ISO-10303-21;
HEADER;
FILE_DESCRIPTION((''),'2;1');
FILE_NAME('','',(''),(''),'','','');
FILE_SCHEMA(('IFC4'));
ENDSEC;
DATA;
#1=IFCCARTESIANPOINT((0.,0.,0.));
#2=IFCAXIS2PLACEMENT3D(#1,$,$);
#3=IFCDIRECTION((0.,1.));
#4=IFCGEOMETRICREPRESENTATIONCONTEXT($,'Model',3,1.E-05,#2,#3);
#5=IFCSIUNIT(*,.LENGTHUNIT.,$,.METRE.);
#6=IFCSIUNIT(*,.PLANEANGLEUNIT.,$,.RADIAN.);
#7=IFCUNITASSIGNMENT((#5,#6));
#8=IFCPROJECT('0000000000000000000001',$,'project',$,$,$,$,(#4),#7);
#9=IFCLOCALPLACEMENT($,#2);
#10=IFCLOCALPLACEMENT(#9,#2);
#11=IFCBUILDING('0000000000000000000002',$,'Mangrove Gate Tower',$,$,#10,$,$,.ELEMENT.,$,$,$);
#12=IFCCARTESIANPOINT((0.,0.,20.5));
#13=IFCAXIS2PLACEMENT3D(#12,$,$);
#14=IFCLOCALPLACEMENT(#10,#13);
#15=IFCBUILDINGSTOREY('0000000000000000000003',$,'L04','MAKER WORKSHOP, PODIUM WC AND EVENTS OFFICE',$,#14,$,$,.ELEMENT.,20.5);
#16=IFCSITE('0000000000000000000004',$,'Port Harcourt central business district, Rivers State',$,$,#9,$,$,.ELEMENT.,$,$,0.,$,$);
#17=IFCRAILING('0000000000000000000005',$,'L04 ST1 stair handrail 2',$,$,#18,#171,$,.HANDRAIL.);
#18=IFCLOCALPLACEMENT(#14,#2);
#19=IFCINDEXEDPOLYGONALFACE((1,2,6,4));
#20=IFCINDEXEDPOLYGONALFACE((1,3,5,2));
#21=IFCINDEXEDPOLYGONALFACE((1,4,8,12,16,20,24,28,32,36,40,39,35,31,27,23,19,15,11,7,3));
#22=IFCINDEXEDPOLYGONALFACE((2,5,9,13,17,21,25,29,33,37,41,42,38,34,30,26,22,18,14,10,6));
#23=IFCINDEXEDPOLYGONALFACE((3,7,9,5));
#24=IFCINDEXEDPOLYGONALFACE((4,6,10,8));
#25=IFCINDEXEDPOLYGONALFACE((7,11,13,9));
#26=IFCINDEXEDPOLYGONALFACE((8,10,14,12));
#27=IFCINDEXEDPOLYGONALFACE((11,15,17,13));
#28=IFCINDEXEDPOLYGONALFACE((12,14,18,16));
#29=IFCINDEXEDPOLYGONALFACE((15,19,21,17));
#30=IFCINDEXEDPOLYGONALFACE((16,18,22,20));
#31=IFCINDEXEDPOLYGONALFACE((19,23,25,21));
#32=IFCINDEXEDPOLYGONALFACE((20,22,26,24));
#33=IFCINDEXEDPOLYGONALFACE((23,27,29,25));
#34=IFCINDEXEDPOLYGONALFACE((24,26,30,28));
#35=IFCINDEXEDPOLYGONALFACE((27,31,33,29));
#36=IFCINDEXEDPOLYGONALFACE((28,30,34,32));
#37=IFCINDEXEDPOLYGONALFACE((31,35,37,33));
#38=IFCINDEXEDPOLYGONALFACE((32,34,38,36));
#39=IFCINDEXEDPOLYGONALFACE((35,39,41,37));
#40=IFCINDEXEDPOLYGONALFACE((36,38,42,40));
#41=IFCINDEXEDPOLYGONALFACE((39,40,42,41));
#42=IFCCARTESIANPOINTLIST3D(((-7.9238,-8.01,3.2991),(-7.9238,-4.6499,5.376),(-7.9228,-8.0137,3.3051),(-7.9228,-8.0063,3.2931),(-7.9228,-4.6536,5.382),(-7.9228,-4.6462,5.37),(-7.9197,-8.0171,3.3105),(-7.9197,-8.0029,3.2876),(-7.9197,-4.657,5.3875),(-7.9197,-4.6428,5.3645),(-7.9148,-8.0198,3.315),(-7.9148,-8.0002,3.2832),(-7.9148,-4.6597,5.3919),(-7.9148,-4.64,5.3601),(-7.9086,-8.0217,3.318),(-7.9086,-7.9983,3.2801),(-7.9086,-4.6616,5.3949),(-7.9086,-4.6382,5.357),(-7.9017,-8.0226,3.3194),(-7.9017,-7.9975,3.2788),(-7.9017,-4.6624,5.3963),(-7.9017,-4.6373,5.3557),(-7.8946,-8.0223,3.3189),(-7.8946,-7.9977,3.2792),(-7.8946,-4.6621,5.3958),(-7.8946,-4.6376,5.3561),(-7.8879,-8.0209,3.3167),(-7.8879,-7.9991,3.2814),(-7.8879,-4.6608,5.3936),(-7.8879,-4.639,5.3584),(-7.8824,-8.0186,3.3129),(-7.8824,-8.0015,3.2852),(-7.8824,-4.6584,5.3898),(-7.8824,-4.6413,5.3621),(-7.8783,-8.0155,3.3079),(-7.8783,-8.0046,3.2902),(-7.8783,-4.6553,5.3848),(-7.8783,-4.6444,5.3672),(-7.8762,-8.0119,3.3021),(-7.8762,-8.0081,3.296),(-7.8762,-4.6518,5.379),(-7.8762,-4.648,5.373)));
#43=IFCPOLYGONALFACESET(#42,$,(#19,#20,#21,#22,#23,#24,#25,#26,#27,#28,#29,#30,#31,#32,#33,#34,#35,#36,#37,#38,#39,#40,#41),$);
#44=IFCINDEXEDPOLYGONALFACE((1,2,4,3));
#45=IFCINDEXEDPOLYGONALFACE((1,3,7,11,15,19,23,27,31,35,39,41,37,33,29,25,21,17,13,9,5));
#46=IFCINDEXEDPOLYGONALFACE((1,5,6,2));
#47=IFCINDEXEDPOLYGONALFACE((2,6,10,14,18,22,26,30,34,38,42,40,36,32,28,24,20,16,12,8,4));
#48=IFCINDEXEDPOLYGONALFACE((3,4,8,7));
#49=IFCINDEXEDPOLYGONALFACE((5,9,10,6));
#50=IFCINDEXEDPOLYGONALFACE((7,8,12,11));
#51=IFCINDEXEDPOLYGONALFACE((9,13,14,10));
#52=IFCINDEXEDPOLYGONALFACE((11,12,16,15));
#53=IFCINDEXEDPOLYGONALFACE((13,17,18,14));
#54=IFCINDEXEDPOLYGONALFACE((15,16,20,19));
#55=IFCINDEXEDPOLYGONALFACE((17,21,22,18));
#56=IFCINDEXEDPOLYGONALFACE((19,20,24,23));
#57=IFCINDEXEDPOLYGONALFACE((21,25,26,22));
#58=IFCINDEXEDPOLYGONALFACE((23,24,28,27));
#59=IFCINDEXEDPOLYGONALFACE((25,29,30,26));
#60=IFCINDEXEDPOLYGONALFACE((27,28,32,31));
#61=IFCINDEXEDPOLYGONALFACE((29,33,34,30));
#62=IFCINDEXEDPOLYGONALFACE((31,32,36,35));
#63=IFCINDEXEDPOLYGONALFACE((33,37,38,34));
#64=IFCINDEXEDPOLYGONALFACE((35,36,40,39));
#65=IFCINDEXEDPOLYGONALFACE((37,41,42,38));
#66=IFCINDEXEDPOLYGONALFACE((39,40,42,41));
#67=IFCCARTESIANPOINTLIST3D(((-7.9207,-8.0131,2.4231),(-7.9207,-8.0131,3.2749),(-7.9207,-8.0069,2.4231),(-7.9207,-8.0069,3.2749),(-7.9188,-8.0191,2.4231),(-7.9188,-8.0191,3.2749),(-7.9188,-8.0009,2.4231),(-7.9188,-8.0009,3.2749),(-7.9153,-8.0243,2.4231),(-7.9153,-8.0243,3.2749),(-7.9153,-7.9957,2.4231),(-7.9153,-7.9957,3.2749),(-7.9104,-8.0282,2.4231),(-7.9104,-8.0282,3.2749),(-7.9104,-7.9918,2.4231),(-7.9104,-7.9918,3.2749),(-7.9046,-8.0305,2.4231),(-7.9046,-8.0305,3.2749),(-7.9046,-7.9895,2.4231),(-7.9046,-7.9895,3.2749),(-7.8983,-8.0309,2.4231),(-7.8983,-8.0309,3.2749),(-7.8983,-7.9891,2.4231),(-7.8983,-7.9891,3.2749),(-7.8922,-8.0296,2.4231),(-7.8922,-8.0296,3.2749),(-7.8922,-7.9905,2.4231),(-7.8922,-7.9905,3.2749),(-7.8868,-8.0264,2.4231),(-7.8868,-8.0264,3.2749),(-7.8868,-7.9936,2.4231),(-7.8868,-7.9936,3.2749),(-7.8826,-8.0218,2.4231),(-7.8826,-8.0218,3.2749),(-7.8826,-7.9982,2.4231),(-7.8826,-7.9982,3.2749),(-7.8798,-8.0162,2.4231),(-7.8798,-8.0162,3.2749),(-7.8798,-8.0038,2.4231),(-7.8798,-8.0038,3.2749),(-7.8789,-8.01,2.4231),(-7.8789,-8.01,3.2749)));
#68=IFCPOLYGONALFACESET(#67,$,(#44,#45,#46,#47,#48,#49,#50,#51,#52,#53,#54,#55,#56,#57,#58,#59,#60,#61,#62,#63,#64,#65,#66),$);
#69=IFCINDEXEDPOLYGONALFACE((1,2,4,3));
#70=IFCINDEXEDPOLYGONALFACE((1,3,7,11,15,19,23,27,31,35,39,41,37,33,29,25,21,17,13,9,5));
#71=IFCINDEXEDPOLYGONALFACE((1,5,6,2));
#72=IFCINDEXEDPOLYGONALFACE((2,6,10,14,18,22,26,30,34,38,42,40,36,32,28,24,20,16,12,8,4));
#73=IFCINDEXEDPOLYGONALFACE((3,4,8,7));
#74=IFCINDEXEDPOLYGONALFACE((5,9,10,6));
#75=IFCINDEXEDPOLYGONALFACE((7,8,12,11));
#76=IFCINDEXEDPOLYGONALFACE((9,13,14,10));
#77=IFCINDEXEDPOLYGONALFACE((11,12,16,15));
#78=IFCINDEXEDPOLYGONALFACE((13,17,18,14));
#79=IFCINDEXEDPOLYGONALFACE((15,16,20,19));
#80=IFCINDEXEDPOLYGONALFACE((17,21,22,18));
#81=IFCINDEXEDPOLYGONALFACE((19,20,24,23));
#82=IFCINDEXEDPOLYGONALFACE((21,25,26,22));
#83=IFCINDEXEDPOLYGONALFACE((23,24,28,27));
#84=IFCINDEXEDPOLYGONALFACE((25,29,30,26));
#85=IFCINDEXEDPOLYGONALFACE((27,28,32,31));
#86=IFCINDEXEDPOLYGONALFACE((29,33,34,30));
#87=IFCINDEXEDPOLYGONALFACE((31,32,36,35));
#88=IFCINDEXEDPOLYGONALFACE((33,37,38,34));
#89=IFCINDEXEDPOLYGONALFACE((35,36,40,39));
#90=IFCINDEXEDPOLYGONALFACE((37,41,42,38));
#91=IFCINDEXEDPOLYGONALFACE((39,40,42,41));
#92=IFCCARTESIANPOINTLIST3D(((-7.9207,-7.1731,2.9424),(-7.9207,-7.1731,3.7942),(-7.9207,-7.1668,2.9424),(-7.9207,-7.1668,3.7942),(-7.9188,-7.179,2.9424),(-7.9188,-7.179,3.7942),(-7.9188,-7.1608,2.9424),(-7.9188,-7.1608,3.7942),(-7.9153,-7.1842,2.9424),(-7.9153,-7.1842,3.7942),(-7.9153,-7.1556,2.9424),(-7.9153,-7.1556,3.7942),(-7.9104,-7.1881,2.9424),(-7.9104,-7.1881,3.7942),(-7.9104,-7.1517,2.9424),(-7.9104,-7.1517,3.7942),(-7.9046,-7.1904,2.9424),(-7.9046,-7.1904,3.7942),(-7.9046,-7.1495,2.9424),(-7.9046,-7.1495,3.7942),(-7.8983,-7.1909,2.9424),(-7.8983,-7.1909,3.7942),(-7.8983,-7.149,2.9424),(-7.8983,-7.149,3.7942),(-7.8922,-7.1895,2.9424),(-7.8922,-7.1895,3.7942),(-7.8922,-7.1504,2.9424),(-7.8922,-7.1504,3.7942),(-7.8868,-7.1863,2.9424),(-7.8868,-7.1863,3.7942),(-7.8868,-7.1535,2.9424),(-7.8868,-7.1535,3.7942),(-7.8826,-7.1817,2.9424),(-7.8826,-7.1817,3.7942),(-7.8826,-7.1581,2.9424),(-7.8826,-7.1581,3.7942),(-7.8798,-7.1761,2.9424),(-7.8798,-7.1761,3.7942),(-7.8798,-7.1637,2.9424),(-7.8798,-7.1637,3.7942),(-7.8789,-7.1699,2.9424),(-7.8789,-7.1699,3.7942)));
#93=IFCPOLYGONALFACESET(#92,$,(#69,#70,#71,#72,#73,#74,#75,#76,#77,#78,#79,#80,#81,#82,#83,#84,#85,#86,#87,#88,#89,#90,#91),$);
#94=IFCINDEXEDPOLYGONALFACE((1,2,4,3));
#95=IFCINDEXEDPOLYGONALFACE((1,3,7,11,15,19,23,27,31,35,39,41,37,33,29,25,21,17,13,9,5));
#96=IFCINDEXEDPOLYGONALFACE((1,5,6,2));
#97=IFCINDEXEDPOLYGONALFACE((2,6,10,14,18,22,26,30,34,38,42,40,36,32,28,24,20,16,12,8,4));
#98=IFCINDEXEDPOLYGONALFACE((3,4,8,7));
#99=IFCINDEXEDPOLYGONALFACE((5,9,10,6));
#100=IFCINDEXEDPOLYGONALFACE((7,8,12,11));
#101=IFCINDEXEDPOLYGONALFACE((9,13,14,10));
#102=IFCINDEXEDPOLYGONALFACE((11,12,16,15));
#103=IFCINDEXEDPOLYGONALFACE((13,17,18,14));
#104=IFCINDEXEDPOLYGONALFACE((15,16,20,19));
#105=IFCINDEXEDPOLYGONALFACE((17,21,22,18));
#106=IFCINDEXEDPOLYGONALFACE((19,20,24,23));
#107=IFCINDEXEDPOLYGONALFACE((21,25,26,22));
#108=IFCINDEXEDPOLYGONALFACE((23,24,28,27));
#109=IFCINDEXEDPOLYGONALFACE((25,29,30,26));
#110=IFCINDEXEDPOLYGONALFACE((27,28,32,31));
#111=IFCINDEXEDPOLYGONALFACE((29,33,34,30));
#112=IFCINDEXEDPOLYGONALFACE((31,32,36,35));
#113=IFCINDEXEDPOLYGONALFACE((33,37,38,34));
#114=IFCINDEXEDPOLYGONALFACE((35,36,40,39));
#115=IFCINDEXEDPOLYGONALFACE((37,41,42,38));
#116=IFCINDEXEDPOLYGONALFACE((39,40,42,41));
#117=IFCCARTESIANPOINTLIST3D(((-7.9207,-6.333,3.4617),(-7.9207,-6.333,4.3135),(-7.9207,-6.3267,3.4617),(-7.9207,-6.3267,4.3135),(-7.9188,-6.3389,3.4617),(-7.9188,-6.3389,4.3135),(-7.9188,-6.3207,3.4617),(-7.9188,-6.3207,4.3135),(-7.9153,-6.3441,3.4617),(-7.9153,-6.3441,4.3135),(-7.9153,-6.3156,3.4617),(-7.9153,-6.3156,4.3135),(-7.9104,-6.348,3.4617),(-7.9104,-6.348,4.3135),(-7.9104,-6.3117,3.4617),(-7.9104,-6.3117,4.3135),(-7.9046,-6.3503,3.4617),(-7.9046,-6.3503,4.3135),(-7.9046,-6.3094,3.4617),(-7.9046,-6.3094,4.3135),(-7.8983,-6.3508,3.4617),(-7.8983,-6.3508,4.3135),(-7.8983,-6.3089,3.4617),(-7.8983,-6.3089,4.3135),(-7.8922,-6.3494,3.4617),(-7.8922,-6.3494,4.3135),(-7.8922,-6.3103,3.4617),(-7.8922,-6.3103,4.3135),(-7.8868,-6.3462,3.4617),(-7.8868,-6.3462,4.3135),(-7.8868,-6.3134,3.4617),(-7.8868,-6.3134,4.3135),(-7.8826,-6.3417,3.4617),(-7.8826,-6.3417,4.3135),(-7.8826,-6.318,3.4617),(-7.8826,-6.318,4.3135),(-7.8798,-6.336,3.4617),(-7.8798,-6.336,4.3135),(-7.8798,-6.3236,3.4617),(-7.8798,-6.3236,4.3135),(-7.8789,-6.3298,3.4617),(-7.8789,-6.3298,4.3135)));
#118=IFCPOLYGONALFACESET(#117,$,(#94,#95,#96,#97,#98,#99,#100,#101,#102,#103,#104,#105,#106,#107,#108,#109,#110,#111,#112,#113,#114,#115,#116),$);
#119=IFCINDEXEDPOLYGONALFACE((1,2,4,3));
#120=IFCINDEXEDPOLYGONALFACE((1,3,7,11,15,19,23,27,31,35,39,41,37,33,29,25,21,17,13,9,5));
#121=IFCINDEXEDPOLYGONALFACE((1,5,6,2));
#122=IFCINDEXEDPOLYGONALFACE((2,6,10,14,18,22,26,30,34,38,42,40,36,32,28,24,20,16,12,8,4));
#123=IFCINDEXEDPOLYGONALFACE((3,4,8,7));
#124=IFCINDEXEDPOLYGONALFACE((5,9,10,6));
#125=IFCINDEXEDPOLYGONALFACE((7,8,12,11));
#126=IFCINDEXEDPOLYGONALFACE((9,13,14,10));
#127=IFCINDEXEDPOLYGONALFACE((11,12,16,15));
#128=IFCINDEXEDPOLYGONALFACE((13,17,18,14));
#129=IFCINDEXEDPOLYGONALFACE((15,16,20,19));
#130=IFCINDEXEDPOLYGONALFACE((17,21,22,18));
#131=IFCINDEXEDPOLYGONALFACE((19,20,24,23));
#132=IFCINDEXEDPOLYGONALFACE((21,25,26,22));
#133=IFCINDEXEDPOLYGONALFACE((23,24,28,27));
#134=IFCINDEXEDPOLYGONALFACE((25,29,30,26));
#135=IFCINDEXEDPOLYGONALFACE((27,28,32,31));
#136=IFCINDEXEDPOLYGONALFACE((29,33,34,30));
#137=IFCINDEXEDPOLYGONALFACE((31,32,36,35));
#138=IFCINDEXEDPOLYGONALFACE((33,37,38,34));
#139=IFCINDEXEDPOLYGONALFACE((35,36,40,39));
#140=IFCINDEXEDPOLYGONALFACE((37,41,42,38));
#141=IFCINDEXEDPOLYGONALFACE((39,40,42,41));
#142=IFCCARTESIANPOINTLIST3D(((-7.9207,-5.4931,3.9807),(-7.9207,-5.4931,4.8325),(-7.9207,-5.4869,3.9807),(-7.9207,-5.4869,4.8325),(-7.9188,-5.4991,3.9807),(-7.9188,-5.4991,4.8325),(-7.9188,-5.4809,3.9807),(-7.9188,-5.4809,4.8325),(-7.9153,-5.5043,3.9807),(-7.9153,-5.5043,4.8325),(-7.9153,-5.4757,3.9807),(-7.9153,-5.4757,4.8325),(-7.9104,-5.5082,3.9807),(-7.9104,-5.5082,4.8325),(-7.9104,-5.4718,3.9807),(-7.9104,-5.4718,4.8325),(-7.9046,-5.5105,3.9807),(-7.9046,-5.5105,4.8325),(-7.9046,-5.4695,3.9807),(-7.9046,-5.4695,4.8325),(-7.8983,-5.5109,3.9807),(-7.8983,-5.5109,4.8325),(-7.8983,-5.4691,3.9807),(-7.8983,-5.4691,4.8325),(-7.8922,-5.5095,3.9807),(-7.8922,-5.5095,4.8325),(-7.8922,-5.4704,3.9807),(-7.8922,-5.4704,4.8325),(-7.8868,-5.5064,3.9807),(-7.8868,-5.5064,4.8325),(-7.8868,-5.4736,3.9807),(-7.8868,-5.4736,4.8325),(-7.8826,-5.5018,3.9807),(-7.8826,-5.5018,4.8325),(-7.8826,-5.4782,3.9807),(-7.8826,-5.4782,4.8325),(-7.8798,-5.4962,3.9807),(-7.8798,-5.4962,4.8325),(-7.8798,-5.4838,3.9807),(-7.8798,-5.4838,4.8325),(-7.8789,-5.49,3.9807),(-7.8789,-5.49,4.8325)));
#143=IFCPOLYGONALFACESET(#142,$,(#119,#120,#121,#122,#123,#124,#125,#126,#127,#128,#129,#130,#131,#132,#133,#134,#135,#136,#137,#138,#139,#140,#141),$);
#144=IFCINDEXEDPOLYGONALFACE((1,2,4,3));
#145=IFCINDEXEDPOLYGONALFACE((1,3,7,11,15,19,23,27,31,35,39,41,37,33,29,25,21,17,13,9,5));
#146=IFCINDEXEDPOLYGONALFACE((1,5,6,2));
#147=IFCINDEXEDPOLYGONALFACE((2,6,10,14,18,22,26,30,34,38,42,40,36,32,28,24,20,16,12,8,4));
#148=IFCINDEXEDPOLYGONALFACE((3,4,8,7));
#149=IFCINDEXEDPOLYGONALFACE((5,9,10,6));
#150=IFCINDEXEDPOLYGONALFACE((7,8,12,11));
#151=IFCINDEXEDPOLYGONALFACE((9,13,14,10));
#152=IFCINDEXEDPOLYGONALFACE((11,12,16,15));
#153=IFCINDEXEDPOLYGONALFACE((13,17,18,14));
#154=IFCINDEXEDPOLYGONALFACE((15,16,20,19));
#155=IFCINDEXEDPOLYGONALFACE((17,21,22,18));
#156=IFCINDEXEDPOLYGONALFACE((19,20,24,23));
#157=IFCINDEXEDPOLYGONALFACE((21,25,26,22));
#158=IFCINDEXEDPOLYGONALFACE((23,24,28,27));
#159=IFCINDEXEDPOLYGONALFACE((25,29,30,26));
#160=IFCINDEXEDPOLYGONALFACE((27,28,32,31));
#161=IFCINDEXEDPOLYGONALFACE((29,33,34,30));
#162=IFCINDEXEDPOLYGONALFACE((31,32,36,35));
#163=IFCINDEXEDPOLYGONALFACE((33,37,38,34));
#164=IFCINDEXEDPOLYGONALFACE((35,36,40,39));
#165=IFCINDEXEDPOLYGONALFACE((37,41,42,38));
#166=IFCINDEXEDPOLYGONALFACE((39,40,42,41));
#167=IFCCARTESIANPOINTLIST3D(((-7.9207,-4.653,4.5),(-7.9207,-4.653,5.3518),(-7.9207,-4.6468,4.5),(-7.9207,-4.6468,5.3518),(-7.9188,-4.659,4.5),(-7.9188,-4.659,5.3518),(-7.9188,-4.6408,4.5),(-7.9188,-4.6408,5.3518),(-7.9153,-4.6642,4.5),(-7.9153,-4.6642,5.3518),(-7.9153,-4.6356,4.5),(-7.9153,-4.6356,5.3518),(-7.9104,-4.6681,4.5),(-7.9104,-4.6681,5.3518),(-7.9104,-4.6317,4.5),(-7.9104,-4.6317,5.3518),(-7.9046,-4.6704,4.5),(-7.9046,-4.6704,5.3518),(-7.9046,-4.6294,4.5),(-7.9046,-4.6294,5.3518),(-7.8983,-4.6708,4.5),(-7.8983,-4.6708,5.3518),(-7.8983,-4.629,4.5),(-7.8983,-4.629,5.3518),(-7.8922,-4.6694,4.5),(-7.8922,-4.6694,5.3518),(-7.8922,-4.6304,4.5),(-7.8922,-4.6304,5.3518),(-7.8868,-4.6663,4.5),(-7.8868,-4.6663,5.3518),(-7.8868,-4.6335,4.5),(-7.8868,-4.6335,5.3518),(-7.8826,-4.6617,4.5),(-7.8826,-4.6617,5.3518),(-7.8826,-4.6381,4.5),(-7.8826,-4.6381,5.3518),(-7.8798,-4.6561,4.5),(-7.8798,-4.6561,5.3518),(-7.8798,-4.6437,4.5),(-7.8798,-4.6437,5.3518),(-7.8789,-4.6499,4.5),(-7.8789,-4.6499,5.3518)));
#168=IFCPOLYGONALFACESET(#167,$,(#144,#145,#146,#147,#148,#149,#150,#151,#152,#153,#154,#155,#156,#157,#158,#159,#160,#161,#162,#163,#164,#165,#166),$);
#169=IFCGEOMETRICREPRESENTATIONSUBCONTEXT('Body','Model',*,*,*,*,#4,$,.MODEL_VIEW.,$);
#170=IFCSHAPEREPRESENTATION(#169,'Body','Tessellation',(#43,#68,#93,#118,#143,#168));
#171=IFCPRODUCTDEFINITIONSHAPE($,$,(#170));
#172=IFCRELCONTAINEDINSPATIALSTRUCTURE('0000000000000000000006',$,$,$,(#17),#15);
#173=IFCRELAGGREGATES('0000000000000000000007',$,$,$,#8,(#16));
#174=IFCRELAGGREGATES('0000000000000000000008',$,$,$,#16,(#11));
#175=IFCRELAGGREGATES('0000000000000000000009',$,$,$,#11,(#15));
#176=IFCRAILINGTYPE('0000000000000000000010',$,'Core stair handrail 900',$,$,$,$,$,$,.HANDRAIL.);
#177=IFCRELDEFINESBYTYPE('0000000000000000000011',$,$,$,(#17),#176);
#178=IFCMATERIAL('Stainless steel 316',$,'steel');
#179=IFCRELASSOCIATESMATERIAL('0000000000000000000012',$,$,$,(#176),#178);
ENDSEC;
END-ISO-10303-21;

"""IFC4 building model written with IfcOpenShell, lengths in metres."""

from ifc_helpers import new_model, si_unit, direction, frame, origin, origin_2d, place, context, subcontext, project, spatial, circle, extrude, material, type_object, element, save


model = new_model("IFC4")

# Units and contexts
model_context = context("Model", 3, precision=1e-05, world=origin(), true_north=direction((0.0, 1.0)))
body_context = subcontext(model_context, "Body", "Model", "MODEL_VIEW")
ifc_project = project(units=[si_unit("LENGTHUNIT", "METRE"), si_unit("PLANEANGLEUNIT", "RADIAN")], contexts=[model_context])

# Site, building, storey
site_placement = place(None, origin())
site = spatial("IfcSite", under=ifc_project, at=site_placement, Name="Port Harcourt central business district, Rivers State", CompositionType="ELEMENT", RefElevation=0.0)
building_placement = place(site_placement, origin())
building = spatial("IfcBuilding", under=site, at=building_placement, Name="Mangrove Gate Tower", CompositionType="ELEMENT")
storey_placement = place(building_placement, frame((0.0, 0.0, 20.5)))
storey = spatial("IfcBuildingStorey", under=building, at=storey_placement, Name="L04", Description="MAKER WORKSHOP, PODIUM WC AND EVENTS OFFICE", CompositionType="ELEMENT", Elevation=20.5)

# Railing
ifc_material_1 = material(Name="Stainless steel 316", Category="steel")
railing_type_1 = type_object("IfcRailingType", Name="Core stair handrail 900", PredefinedType="HANDRAIL", material=ifc_material_1)
railing_1_placement = place(storey_placement, frame((-7.8999, -8.01, 2.4231)))
element("IfcRailing", 1, at=railing_1_placement, inside=storey, type_object=railing_type_1, Name="L04 ST1 stair handrail 2", PredefinedType="HANDRAIL", context=body_context, shape_type="SweptSolid", body=[
    extrude(circle(Radius=0.0239, at=origin_2d()), frame((0.0, 0.0, 0.876), z_axis=(0.0, 0.850623, 0.525776), x_axis=(-1.0, 0.0, 0.0)), (0.0, 0.0, 1.0), 3.9502),
    extrude(circle(Radius=0.021, at=origin_2d()), origin(), (0.0, 0.0, 1.0), 0.8518),
    extrude(circle(Radius=0.021, at=origin_2d()), frame((0.0, 0.8401, 0.5193)), (0.0, 0.0, 1.0), 0.8518),
    extrude(circle(Radius=0.021, at=origin_2d()), frame((0.0, 1.6802, 1.0386)), (0.0, 0.0, 1.0), 0.8518),
    extrude(circle(Radius=0.021, at=origin_2d()), frame((0.0, 2.52, 1.5576)), (0.0, 0.0, 1.0), 0.8518),
    extrude(circle(Radius=0.021, at=origin_2d()), frame((0.0, 3.3601, 2.0769)), (0.0, 0.0, 1.0), 0.8518),
])

save(model, "model.ifc")
